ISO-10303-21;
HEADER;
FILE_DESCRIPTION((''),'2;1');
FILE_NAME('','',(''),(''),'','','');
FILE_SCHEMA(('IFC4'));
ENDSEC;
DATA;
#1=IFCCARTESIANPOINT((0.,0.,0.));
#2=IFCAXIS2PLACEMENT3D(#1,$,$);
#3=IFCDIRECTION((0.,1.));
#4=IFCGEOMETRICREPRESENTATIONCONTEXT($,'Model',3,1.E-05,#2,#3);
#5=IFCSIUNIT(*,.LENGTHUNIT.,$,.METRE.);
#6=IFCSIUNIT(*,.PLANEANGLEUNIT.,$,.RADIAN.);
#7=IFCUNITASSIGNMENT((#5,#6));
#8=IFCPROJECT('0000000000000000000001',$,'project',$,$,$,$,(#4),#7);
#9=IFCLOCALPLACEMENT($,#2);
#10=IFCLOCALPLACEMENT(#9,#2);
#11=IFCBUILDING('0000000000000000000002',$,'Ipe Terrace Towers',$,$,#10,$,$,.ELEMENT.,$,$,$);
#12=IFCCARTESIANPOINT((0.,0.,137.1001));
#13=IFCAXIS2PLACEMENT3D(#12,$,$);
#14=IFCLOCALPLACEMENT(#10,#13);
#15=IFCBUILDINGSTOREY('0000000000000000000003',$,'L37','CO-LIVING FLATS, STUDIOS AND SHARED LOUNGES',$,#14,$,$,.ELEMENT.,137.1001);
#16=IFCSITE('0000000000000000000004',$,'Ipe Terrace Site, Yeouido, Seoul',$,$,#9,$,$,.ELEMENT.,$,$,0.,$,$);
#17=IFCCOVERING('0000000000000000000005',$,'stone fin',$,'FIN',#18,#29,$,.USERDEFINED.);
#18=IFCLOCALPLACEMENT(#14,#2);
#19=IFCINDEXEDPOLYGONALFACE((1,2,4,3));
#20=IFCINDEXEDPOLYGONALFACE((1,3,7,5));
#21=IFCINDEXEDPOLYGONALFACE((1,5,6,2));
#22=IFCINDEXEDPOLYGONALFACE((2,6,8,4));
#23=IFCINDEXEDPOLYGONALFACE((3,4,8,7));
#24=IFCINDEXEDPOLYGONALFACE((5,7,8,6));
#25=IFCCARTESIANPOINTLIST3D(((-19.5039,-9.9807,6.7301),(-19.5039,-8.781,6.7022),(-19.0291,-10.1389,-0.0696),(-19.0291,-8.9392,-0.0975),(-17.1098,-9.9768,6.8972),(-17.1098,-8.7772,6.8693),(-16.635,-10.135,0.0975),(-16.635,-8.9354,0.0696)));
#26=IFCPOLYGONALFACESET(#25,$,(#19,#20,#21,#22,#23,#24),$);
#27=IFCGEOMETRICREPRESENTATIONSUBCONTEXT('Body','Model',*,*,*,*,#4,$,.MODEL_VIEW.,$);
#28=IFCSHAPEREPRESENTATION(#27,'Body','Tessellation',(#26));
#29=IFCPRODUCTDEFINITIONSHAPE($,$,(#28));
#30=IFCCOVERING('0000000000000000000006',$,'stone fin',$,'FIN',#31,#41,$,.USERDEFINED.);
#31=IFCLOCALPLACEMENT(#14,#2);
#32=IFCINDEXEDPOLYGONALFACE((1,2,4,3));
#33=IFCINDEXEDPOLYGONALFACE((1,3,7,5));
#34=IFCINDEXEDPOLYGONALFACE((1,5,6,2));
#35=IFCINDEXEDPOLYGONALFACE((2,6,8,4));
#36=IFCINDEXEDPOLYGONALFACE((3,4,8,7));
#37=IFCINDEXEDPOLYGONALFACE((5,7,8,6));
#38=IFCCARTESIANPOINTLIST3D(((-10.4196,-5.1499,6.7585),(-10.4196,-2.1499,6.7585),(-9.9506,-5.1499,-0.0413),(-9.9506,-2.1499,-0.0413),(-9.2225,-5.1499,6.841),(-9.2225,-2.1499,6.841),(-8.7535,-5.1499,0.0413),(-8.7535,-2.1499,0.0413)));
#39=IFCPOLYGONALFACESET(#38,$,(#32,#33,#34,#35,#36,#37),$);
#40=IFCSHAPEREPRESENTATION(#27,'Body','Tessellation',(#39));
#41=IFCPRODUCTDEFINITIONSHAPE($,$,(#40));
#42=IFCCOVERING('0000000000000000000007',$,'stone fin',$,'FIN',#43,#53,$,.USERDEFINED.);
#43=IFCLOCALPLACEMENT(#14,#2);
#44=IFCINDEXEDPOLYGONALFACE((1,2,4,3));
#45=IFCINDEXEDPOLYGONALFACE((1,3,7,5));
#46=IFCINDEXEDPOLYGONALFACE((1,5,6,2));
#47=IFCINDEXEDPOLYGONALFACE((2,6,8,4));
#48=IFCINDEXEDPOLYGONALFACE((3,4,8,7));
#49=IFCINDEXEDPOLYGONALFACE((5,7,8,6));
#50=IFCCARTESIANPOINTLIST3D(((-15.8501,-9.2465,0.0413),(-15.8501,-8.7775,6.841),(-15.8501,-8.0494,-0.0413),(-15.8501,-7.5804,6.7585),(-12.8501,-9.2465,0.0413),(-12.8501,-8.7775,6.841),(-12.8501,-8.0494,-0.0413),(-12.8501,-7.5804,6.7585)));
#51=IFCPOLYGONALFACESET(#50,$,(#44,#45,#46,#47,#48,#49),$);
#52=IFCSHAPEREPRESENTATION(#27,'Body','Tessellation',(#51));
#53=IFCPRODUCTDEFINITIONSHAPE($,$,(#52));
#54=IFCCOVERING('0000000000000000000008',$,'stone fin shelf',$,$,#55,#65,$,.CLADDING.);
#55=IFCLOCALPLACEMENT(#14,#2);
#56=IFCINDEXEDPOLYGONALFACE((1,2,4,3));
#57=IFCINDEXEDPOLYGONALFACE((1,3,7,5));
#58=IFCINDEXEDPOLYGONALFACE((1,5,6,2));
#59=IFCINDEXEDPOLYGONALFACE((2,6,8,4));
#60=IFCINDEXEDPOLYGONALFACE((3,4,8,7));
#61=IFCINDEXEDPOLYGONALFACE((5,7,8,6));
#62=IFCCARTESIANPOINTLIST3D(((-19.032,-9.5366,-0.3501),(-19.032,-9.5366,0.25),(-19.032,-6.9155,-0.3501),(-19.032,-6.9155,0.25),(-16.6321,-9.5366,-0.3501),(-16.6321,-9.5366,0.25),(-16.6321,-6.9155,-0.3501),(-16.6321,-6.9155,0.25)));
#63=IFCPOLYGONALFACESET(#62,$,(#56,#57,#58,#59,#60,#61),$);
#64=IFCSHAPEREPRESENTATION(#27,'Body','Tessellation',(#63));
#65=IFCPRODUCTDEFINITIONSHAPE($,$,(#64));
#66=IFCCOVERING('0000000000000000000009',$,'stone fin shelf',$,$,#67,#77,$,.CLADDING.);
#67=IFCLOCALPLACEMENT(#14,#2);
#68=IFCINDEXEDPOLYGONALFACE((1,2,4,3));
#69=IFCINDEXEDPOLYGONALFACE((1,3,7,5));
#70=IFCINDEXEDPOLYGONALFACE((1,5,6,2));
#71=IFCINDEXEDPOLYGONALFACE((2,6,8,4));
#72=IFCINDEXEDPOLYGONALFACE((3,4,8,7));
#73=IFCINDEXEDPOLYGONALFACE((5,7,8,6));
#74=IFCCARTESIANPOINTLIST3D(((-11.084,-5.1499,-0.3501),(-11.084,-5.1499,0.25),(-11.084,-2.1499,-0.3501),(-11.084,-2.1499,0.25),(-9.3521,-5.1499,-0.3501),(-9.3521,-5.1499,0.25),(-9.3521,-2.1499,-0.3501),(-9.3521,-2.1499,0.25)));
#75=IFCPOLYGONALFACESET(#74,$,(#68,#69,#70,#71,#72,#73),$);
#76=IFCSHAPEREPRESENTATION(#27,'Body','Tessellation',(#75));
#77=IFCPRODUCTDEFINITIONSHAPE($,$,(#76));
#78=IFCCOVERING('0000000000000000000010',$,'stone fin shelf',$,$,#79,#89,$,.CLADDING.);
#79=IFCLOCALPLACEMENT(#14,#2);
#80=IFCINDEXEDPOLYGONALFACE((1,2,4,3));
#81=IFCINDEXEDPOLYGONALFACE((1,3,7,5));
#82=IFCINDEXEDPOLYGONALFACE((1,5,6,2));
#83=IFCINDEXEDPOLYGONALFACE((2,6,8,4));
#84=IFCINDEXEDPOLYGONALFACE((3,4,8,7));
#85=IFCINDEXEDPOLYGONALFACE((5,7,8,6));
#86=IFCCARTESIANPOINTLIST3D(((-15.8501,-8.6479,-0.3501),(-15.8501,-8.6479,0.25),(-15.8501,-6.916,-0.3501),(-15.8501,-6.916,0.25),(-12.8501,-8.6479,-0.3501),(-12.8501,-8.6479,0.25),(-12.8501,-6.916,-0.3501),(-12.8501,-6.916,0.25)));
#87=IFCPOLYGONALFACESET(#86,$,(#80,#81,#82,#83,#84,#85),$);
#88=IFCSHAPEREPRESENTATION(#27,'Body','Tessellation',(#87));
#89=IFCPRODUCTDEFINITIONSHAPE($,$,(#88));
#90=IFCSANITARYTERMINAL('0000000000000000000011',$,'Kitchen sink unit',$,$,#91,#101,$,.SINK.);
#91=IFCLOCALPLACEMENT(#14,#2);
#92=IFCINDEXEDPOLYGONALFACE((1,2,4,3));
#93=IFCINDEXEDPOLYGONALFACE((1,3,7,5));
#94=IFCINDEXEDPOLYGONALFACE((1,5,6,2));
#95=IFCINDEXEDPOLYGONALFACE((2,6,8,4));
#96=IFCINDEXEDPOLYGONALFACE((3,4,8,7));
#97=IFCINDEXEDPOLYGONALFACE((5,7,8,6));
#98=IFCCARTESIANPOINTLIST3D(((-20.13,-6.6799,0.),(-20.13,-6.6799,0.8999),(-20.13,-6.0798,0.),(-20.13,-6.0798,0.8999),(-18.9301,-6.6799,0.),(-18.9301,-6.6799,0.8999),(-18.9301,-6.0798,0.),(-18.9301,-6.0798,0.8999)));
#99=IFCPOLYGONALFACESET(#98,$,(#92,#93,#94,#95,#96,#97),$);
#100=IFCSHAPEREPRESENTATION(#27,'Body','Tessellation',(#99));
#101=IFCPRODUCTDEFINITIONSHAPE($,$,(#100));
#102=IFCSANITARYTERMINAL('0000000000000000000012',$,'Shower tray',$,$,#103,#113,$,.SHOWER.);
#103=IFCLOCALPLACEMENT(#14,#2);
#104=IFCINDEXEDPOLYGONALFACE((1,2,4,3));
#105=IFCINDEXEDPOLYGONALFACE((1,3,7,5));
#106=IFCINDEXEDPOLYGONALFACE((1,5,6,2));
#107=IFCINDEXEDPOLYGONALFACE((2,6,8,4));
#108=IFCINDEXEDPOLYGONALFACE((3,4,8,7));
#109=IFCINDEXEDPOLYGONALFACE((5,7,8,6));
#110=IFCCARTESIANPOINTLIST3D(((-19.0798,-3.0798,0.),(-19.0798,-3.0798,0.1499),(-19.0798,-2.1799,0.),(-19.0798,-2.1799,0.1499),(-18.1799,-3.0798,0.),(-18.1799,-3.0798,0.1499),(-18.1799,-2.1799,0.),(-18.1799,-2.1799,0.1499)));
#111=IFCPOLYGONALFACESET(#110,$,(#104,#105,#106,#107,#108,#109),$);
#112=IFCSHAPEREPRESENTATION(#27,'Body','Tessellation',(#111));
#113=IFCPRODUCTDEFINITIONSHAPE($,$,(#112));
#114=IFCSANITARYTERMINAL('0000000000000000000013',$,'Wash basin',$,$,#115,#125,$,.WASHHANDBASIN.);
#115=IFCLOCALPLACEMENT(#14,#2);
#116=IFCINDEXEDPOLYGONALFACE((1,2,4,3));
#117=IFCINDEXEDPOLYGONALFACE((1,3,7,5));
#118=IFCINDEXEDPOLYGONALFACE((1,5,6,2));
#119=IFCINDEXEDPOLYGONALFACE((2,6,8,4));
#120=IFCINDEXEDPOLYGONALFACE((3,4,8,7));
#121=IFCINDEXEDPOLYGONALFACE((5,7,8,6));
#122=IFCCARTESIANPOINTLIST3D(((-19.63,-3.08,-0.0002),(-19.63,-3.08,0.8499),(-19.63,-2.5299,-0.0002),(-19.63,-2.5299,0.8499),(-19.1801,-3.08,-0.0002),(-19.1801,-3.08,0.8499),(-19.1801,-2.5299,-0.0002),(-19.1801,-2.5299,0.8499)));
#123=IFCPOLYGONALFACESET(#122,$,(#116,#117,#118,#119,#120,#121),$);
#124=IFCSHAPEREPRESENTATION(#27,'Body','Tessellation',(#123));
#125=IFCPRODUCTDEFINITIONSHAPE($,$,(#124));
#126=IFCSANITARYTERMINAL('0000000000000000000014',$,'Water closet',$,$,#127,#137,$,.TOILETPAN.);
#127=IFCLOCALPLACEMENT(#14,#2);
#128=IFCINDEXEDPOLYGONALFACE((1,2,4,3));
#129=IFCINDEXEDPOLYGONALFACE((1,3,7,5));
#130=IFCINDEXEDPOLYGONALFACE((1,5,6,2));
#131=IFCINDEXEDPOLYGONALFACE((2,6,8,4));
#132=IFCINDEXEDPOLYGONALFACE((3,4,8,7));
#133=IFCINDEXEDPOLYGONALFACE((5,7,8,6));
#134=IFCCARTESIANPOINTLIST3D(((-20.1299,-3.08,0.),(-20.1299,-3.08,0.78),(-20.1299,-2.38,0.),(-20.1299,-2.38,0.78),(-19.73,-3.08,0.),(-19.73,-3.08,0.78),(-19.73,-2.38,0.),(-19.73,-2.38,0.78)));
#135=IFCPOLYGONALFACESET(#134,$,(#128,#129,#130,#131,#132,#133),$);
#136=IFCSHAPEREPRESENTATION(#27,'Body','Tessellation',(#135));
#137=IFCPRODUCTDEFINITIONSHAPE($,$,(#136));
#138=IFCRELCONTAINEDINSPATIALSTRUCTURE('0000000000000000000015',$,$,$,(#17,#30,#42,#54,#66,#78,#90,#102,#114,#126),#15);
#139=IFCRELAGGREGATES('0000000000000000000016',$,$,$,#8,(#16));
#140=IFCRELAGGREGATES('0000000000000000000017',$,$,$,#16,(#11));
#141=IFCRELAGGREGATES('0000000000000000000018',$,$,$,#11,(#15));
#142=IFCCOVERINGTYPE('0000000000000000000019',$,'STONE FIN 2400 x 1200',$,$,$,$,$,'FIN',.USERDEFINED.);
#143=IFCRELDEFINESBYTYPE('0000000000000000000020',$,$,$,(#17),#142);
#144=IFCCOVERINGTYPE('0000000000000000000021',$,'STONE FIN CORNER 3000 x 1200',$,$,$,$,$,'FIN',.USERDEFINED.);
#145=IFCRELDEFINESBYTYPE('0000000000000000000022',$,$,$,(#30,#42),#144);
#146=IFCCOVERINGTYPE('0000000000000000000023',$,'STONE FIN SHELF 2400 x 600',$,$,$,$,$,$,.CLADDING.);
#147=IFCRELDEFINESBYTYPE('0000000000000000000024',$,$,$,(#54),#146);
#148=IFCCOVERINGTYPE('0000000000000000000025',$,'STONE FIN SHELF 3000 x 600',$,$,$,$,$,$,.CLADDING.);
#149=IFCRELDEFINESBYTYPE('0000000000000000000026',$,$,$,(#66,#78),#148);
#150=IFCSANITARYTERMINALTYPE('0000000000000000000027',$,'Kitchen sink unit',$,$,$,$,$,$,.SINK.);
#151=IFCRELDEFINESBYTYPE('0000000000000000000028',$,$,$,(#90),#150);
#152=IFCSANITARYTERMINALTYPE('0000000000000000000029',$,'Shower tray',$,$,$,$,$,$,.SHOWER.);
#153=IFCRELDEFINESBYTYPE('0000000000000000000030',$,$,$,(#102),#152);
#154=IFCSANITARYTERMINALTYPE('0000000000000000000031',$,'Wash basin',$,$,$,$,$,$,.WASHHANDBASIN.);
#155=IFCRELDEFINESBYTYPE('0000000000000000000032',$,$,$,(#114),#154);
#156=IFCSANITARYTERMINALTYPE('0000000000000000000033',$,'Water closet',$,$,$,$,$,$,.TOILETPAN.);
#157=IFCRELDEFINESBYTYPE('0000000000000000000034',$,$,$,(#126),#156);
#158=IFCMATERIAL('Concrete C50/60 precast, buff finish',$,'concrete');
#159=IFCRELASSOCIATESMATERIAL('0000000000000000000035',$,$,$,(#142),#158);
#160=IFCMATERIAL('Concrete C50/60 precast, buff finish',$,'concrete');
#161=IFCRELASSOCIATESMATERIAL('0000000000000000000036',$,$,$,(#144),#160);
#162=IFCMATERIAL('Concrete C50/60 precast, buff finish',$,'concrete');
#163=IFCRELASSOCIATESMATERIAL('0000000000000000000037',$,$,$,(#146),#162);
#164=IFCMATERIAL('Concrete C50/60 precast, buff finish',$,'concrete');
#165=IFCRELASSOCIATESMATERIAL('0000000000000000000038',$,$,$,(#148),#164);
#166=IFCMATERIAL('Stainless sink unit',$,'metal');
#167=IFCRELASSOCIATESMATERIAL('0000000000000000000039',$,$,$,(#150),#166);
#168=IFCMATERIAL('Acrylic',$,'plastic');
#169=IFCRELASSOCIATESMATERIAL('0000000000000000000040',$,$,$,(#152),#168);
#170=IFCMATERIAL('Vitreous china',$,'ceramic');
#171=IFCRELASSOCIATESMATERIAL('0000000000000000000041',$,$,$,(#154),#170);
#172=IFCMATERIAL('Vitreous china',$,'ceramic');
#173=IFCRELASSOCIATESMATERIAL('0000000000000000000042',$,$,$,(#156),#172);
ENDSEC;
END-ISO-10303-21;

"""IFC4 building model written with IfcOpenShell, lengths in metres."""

from ifc_helpers import new_model, si_unit, direction, frame, origin, origin_2d, place, context, subcontext, project, spatial, rectangle, extrude, material, material_profile, profile_set, type_object, element, save


model = new_model("IFC4")

# Units and contexts
model_context = context("Model", 3, precision=1e-05, world=origin(), true_north=direction((0.0, 1.0)))
body_context = subcontext(model_context, "Body", "Model", "MODEL_VIEW")
ifc_project = project(units=[si_unit("LENGTHUNIT", "METRE"), si_unit("PLANEANGLEUNIT", "RADIAN")], contexts=[model_context])

# Site, building, storey
site_placement = place(None, origin())
site = spatial("IfcSite", under=ifc_project, at=site_placement, Name="Ipe Terrace Site, Yeouido, Seoul", CompositionType="ELEMENT", RefElevation=0.0)
building_placement = place(site_placement, origin())
building = spatial("IfcBuilding", under=site, at=building_placement, Name="Ipe Terrace Towers", CompositionType="ELEMENT")
storey_placement = place(building_placement, frame((0.0, 0.0, 137.1001)))
storey = spatial("IfcBuildingStorey", under=building, at=storey_placement, Name="L37", Description="CO-LIVING FLATS, STUDIOS AND SHARED LOUNGES", CompositionType="ELEMENT", Elevation=137.1001)

# Coverings
ifc_material_1 = material(Name="Concrete C50/60 precast, buff finish", Category="concrete")
ifc_material_profile_1 = material_profile(ifc_material_1, rectangle(XDim=2.3999, YDim=1.2, at=origin_2d()), Name="STONE FIN 2400 x 1200")
ifc_profile_set_1 = profile_set([ifc_material_profile_1], Name="Concrete C50/60 precast, buff finish")
covering_type_1 = type_object("IfcCoveringType", Name="STONE FIN 2400 x 1200", ElementType="FIN", PredefinedType="USERDEFINED", material=ifc_profile_set_1)
covering_1_placement = place(storey_placement, frame((-17.832, -9.5371, 0.0), z_axis=(-0.069645, 0.023203, 0.997302), x_axis=(0.997572, 0.00162, 0.069626)))
element("IfcCovering", 1, at=covering_1_placement, inside=storey, type_object=covering_type_1, Name="stone fin", ObjectType="FIN", PredefinedType="USERDEFINED", context=body_context, shape_type="SweptSolid", body=[
    extrude(rectangle(XDim=2.3999, YDim=1.2, at=origin_2d()), origin(), (0.0, 0.0, 1.0), 6.8181),
])
ifc_material_2 = material(Name="Concrete C50/60 precast, buff finish", Category="concrete")
ifc_material_profile_2 = material_profile(ifc_material_2, rectangle(XDim=3.0, YDim=1.2, at=origin_2d()), Name="STONE FIN CORNER 3000 x 1200")
ifc_profile_set_2 = profile_set([ifc_material_profile_2], Name="Concrete C50/60 precast, buff finish")
covering_type_2 = type_object("IfcCoveringType", Name="STONE FIN CORNER 3000 x 1200", ElementType="FIN", PredefinedType="USERDEFINED", material=ifc_profile_set_2)
for number, where, z_axis, x_axis, name in (
    (2, (-9.3521, -3.6499, 0.0), (-0.068808, 0.0, 0.99763), (0.0, 1.0, 0.0), "stone fin"),
    (3, (-14.3501, -8.6479, 0.0), (0.0, 0.068808, 0.99763), (1.0, 0.0, 0.0), "stone fin"),
):
    element("IfcCovering", number, at=place(storey_placement, frame(where, z_axis=z_axis, x_axis=x_axis)), inside=storey, type_object=covering_type_2, Name=name, ObjectType="FIN", PredefinedType="USERDEFINED", context=body_context, shape_type="SweptSolid", body=[
        extrude(rectangle(XDim=3.0, YDim=1.2, at=origin_2d()), origin(), (0.0, 0.0, 1.0), 6.8159),
    ])
ifc_material_3 = material(Name="Concrete C50/60 precast, buff finish", Category="concrete")
covering_type_3 = type_object("IfcCoveringType", Name="STONE FIN SHELF 2400 x 600", PredefinedType="CLADDING", material=ifc_material_3)
covering_2_placement = place(storey_placement, frame((-17.832, -8.2261, -0.3501), z_axis=(0.0, 0.0, 1.0), x_axis=(1.0, 0.0, 0.0)))
element("IfcCovering", 4, at=covering_2_placement, inside=storey, type_object=covering_type_3, Name="stone fin shelf", PredefinedType="CLADDING", context=body_context, shape_type="SweptSolid", body=[
    extrude(rectangle(XDim=2.3999, YDim=2.6211, at=origin_2d()), origin(), (0.0, 0.0, 1.0), 0.6001),
])
ifc_material_4 = material(Name="Concrete C50/60 precast, buff finish", Category="concrete")
covering_type_4 = type_object("IfcCoveringType", Name="STONE FIN SHELF 3000 x 600", PredefinedType="CLADDING", material=ifc_material_4)
for number, where, z_axis, x_axis, name in (
    (5, (-10.218, -3.6499, -0.3501), (0.0, 0.0, 1.0), (0.0, 1.0, 0.0), "stone fin shelf"),
    (6, (-14.3501, -7.782, -0.3501), (0.0, 0.0, 1.0), (1.0, 0.0, 0.0), "stone fin shelf"),
):
    element("IfcCovering", number, at=place(storey_placement, frame(where, z_axis=z_axis, x_axis=x_axis)), inside=storey, type_object=covering_type_4, Name=name, PredefinedType="CLADDING", context=body_context, shape_type="SweptSolid", body=[
        extrude(rectangle(XDim=3.0, YDim=1.7319, at=origin_2d()), origin(), (0.0, 0.0, 1.0), 0.6001),
    ])

# Sanitary terminals
ifc_material_5 = material(Name="Stainless sink unit", Category="metal")
sanitary_terminal_type_1 = type_object("IfcSanitaryTerminalType", Name="Kitchen sink unit", PredefinedType="SINK", material=ifc_material_5)
sanitary_terminal_1_placement = place(storey_placement, frame((-19.53, -6.3799, 0.0), z_axis=(0.0, 0.0, 1.0), x_axis=(-1.0, 0.0, 0.0)))
element("IfcSanitaryTerminal", 7, at=sanitary_terminal_1_placement, inside=storey, type_object=sanitary_terminal_type_1, Name="Kitchen sink unit", PredefinedType="SINK", context=body_context, shape_type="SweptSolid", body=[
    extrude(rectangle(XDim=1.2, YDim=0.6001, at=origin_2d()), origin(), (0.0, 0.0, 1.0), 0.8999),
])
ifc_material_6 = material(Name="Acrylic", Category="plastic")
sanitary_terminal_type_2 = type_object("IfcSanitaryTerminalType", Name="Shower tray", PredefinedType="SHOWER", material=ifc_material_6)
sanitary_terminal_2_placement = place(storey_placement, frame((-18.6299, -2.6299, 0.0), z_axis=(0.0, 0.0, 1.0), x_axis=(0.0, 1.0, 0.0)))
element("IfcSanitaryTerminal", 8, at=sanitary_terminal_2_placement, inside=storey, type_object=sanitary_terminal_type_2, Name="Shower tray", PredefinedType="SHOWER", context=body_context, shape_type="SweptSolid", body=[
    extrude(rectangle(XDim=0.8999, YDim=0.8999, at=origin_2d()), origin(), (0.0, 0.0, 1.0), 0.1499),
])
ifc_material_7 = material(Name="Vitreous china", Category="ceramic")
sanitary_terminal_type_3 = type_object("IfcSanitaryTerminalType", Name="Wash basin", PredefinedType="WASHHANDBASIN", material=ifc_material_7)
sanitary_terminal_3_placement = place(storey_placement, frame((-19.405, -2.8049, -0.0002), z_axis=(0.0, 0.0, 1.0), x_axis=(0.0, 1.0, 0.0)))
element("IfcSanitaryTerminal", 9, at=sanitary_terminal_3_placement, inside=storey, type_object=sanitary_terminal_type_3, Name="Wash basin", PredefinedType="WASHHANDBASIN", context=body_context, shape_type="SweptSolid", body=[
    extrude(rectangle(XDim=0.55, YDim=0.45, at=origin_2d()), origin(), (0.0, 0.0, 1.0), 0.8501),
])
ifc_material_8 = material(Name="Vitreous china", Category="ceramic")
sanitary_terminal_type_4 = type_object("IfcSanitaryTerminalType", Name="Water closet", PredefinedType="TOILETPAN", material=ifc_material_8)
sanitary_terminal_4_placement = place(storey_placement, frame((-19.9299, -2.73, 0.0), z_axis=(0.0, 0.0, 1.0), x_axis=(0.0, 1.0, 0.0)))
element("IfcSanitaryTerminal", 10, at=sanitary_terminal_4_placement, inside=storey, type_object=sanitary_terminal_type_4, Name="Water closet", PredefinedType="TOILETPAN", context=body_context, shape_type="SweptSolid", body=[
    extrude(rectangle(XDim=0.7, YDim=0.3999, at=origin_2d()), origin(), (0.0, 0.0, 1.0), 0.78),
])

save(model, "model.ifc")
